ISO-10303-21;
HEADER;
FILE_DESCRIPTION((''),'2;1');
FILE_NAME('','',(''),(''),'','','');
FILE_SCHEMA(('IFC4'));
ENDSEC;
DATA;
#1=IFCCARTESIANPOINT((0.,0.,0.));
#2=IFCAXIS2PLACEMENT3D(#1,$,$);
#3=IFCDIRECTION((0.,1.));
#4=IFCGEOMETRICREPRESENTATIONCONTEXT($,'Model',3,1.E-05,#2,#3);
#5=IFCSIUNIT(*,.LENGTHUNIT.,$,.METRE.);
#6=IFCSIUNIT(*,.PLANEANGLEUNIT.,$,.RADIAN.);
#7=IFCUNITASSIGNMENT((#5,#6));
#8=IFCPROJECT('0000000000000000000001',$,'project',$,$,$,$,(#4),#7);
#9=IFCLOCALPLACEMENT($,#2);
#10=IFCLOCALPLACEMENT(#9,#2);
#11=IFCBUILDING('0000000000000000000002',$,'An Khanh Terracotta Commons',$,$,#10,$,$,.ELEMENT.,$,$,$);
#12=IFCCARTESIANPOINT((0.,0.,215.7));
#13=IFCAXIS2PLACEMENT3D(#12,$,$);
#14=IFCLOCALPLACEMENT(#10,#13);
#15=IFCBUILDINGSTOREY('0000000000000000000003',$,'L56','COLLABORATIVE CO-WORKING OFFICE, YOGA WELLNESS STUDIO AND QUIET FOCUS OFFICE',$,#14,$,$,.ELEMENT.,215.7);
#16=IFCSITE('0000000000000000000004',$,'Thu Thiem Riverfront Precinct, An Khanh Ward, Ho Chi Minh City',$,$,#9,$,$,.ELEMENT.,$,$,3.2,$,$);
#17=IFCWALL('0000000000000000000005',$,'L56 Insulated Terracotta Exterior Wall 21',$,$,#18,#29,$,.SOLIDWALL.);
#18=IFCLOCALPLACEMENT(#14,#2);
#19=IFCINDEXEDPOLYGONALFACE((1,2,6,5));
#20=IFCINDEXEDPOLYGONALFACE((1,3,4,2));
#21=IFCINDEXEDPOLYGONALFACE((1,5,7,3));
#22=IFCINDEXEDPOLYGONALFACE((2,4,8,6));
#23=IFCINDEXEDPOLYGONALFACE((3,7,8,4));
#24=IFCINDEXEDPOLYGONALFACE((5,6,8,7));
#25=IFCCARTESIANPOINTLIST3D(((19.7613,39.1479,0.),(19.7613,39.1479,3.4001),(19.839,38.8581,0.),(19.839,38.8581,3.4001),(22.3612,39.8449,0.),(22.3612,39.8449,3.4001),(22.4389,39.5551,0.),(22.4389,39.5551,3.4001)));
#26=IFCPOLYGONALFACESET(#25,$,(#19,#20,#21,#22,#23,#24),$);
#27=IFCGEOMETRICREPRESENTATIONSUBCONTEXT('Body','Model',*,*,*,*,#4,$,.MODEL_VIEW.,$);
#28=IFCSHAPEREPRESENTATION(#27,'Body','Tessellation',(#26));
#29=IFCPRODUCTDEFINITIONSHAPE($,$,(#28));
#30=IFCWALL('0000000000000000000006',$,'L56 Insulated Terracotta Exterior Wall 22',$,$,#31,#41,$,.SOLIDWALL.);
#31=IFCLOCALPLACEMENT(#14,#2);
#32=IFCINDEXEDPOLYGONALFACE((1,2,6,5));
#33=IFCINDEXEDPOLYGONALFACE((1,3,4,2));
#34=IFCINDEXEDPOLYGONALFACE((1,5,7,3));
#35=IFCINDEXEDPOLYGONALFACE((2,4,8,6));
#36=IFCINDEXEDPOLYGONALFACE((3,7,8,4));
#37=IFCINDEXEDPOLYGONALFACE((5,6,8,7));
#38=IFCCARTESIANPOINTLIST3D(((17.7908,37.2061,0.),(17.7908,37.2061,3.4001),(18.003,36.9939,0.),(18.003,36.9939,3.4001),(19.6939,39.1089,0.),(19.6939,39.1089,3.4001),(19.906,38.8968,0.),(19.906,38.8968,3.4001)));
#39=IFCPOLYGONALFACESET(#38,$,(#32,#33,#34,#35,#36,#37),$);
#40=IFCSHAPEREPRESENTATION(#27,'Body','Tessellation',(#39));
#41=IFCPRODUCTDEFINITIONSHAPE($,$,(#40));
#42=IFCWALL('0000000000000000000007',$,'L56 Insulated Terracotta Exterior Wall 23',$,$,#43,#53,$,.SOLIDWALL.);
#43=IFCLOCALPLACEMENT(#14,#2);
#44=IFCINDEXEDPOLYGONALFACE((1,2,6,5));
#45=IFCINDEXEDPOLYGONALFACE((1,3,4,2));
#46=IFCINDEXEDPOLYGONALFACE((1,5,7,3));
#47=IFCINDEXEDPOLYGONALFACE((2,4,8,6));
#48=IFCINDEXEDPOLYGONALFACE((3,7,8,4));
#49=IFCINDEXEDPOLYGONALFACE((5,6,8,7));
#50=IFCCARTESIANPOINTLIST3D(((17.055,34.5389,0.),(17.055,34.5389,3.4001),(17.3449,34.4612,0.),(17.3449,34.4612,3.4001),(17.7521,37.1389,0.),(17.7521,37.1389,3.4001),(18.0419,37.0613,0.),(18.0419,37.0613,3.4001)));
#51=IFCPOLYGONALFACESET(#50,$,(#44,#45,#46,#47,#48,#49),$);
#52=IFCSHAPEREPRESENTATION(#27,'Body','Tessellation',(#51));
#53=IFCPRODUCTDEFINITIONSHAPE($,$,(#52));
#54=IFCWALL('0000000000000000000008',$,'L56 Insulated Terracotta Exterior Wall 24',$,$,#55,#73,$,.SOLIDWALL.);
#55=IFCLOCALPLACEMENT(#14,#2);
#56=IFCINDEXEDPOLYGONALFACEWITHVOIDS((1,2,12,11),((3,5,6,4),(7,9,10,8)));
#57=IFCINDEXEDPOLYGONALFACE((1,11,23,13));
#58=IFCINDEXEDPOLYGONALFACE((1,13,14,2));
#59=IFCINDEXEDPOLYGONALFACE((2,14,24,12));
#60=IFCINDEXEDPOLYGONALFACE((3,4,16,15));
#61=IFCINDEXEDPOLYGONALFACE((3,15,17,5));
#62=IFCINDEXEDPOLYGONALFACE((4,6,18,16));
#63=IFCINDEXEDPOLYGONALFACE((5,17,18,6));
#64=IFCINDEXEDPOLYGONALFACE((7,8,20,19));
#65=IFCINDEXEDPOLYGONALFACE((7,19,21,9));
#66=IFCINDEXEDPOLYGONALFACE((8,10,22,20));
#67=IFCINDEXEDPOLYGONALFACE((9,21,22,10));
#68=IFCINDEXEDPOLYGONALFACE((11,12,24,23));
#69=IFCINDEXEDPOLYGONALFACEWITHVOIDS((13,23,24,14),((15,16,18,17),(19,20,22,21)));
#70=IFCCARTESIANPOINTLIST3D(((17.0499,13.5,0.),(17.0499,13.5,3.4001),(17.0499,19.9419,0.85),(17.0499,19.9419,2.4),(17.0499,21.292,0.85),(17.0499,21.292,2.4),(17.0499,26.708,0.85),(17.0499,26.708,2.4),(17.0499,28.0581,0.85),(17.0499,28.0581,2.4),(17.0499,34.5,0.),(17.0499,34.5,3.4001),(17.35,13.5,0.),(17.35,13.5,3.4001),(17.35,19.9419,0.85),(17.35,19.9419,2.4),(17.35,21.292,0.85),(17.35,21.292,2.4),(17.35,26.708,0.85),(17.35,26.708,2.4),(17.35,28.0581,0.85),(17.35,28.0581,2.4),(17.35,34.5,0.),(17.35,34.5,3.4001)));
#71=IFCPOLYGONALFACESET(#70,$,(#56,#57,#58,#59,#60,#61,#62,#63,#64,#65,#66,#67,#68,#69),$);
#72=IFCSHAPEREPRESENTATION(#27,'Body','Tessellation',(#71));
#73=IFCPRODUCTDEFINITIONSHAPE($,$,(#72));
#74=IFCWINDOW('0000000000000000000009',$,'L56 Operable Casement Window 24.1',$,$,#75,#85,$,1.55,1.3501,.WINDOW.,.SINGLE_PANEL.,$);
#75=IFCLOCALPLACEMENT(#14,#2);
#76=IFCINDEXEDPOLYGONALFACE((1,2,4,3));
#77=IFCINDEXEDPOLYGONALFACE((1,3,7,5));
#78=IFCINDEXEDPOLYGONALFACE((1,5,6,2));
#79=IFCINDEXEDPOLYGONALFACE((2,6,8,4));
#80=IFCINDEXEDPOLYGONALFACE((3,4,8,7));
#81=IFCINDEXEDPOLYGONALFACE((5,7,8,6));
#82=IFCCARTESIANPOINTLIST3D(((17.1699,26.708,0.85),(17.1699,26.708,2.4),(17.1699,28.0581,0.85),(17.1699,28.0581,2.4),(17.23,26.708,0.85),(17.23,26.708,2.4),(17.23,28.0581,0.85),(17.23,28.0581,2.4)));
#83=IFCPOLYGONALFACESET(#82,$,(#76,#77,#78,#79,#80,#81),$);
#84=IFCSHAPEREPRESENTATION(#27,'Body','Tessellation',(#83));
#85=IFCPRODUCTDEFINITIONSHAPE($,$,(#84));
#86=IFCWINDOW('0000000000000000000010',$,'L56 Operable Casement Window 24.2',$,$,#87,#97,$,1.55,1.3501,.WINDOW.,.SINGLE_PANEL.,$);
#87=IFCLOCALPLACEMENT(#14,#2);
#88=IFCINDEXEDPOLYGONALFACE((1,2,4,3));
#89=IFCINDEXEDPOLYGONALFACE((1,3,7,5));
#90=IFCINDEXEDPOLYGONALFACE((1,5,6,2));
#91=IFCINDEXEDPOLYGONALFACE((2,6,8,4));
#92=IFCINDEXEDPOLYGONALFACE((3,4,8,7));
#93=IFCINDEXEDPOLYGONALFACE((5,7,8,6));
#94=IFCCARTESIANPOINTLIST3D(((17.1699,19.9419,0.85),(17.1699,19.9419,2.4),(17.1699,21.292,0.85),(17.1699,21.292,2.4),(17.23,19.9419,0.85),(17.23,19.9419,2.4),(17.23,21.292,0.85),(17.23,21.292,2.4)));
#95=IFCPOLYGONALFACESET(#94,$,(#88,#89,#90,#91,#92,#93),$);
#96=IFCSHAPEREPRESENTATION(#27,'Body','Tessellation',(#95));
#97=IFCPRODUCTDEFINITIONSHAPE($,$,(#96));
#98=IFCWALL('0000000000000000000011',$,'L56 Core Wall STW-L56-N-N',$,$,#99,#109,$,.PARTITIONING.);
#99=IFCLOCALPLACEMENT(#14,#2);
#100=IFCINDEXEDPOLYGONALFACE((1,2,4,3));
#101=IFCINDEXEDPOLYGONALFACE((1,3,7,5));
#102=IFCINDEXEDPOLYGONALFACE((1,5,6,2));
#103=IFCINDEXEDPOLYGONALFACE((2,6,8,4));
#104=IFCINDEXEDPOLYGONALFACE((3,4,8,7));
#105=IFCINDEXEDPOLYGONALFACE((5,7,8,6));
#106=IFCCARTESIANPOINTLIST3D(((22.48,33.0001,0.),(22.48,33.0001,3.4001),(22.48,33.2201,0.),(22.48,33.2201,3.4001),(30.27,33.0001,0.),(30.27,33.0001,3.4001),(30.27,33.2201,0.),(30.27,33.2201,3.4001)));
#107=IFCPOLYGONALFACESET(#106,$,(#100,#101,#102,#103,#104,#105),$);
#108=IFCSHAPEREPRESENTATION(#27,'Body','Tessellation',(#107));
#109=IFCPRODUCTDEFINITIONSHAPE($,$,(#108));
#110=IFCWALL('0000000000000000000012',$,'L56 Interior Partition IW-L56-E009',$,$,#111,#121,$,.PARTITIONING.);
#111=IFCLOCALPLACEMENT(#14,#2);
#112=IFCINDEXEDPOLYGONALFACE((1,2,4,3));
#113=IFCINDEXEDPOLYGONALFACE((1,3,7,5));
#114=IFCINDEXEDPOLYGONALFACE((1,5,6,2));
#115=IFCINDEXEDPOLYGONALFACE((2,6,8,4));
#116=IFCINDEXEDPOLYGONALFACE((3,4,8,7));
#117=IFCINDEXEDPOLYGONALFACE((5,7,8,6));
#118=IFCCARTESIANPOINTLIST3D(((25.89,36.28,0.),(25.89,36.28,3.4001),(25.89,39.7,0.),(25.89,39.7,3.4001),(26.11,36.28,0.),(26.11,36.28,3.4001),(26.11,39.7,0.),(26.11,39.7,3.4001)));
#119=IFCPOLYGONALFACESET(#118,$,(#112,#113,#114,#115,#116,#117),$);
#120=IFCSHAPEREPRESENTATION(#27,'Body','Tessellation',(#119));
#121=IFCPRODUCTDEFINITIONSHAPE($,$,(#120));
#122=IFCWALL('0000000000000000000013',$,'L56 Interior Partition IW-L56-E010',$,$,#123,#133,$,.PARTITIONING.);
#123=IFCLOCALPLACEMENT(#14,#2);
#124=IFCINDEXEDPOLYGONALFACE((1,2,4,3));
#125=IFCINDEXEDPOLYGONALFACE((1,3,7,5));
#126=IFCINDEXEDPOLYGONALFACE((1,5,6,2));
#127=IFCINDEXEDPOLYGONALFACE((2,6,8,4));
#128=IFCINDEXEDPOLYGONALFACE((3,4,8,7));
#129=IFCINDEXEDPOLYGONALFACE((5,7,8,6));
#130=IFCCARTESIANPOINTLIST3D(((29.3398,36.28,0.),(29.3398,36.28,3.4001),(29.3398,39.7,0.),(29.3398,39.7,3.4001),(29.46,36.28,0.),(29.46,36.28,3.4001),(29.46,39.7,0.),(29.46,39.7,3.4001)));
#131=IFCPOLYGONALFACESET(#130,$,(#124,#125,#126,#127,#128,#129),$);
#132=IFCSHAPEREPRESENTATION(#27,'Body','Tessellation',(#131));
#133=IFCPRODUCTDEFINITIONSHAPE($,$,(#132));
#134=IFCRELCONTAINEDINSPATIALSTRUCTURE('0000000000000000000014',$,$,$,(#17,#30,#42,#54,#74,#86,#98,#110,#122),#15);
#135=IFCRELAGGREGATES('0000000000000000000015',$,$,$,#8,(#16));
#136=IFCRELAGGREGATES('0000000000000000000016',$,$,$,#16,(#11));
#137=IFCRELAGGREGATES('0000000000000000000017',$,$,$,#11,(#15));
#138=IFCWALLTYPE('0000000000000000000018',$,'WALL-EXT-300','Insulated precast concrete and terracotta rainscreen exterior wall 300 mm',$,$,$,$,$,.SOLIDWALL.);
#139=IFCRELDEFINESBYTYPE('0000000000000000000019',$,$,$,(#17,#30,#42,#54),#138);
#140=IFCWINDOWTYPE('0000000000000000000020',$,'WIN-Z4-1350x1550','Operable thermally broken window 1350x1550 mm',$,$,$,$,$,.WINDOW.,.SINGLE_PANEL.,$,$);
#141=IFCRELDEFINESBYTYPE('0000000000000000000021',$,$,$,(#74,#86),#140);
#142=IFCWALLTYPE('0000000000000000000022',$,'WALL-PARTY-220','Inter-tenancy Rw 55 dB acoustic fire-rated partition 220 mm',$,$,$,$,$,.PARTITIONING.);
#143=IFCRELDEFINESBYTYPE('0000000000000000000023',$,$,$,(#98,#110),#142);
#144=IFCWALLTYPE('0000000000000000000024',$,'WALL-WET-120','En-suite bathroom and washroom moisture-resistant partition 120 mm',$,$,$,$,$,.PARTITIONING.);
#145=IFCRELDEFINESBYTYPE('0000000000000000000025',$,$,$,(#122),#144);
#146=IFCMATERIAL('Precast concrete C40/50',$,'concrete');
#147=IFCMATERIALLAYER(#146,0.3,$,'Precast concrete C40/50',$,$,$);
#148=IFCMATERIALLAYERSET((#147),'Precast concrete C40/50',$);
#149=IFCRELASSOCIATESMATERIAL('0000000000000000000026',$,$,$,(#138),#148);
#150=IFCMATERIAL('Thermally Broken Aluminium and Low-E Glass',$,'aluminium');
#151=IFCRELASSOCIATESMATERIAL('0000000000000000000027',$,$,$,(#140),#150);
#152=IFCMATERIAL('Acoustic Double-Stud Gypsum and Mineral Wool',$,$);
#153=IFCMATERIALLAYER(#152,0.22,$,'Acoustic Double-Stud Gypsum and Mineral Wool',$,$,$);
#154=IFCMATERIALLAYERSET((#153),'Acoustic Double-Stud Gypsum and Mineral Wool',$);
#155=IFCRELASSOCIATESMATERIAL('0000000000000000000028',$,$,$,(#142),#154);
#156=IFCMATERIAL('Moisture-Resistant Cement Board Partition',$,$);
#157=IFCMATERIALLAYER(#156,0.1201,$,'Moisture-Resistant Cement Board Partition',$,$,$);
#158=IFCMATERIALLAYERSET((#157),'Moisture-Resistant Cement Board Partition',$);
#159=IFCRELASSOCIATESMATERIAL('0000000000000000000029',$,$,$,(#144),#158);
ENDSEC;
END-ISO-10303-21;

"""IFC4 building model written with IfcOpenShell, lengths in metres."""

from ifc_helpers import new_model, si_unit, direction, frame, frame_2d, origin, place, context, subcontext, project, spatial, rectangle, extrude, material, layer, layer_set, type_object, element, fill, save


model = new_model("IFC4")

# Units and contexts
model_context = context("Model", 3, precision=1e-05, world=origin(), true_north=direction((0.0, 1.0)))
body_context = subcontext(model_context, "Body", "Model", "MODEL_VIEW")
ifc_project = project(units=[si_unit("LENGTHUNIT", "METRE"), si_unit("PLANEANGLEUNIT", "RADIAN")], contexts=[model_context])

# Site, building, storey
site_placement = place(None, origin())
site = spatial("IfcSite", under=ifc_project, at=site_placement, Name="Thu Thiem Riverfront Precinct, An Khanh Ward, Ho Chi Minh City", CompositionType="ELEMENT", RefElevation=3.2)
building_placement = place(site_placement, origin())
building = spatial("IfcBuilding", under=site, at=building_placement, Name="An Khanh Terracotta Commons", CompositionType="ELEMENT")
storey_placement = place(building_placement, frame((0.0, 0.0, 215.7)))
storey = spatial("IfcBuildingStorey", under=building, at=storey_placement, Name="L56", Description="COLLABORATIVE CO-WORKING OFFICE, YOGA WELLNESS STUDIO AND QUIET FOCUS OFFICE", CompositionType="ELEMENT", Elevation=215.7)

# Walls
ifc_material_1 = material(Name="Precast concrete C40/50", Category="concrete")
ifc_layer_1 = layer(ifc_material_1, 0.3, Name="Precast concrete C40/50")
ifc_layer_set_1 = layer_set([ifc_layer_1], Name="Precast concrete C40/50")
wall_type_1 = type_object("IfcWallType", Name="WALL-EXT-300", Description="Insulated precast concrete and terracotta rainscreen exterior wall 300 mm", PredefinedType="SOLIDWALL", material=ifc_layer_set_1)
wall_1_placement = place(storey_placement, frame((22.3999, 39.7, 0.0), z_axis=(0.0, 0.0, 1.0), x_axis=(-0.965889, -0.258955, 0.0)))
element("IfcWall", 1, at=wall_1_placement, inside=storey, type_object=wall_type_1, Name="L56 Insulated Terracotta Exterior Wall 21", PredefinedType="SOLIDWALL", context=body_context, shape_type="SweptSolid", body=[
    extrude(rectangle(XDim=2.6917, YDim=0.3, at=frame_2d((1.3457, 0.0))), origin(), (0.0, 0.0, 1.0), 3.4001),
])
wall_2_placement = place(storey_placement, frame((19.8, 39.0029, 0.0), z_axis=(0.0, 0.0, 1.0), x_axis=(-0.707152, -0.707061, 0.0)))
element("IfcWall", 2, at=wall_2_placement, inside=storey, type_object=wall_type_1, Name="L56 Insulated Terracotta Exterior Wall 22", PredefinedType="SOLIDWALL", context=body_context, shape_type="SweptSolid", body=[
    extrude(rectangle(XDim=2.6912, YDim=0.3, at=frame_2d((1.3457, 0.0))), origin(), (0.0, 0.0, 1.0), 3.4001),
])
wall_3_placement = place(storey_placement, frame((17.897, 37.1001, 0.0), z_axis=(0.0, 0.0, 1.0), x_axis=(-0.258933, -0.965895, 0.0)))
element("IfcWall", 3, at=wall_3_placement, inside=storey, type_object=wall_type_1, Name="L56 Insulated Terracotta Exterior Wall 23", PredefinedType="SOLIDWALL", context=body_context, shape_type="SweptSolid", body=[
    extrude(rectangle(XDim=2.6919, YDim=0.3, at=frame_2d((1.3459, 0.0))), origin(), (0.0, 0.0, 1.0), 3.4001),
])

# Wall, openings, windows
wall_4_placement = place(storey_placement, frame((17.2, 34.5, 0.0), z_axis=(0.0, 0.0, 1.0), x_axis=(0.0, -1.0, 0.0)))
wall_4 = element("IfcWall", 4, at=wall_4_placement, inside=storey, type_object=wall_type_1, Name="L56 Insulated Terracotta Exterior Wall 24", PredefinedType="SOLIDWALL", context=body_context, shape_type="SweptSolid", body=[
    extrude(rectangle(XDim=21.0, YDim=0.3, at=frame_2d((10.5, 0.0))), origin(), (0.0, 0.0, 1.0), 3.4001),
])
opening_1_placement = place(wall_4_placement, frame((6.4419, 0.0, 0.8501)))
opening_1 = element("IfcOpeningElement", 5, at=opening_1_placement, cuts=wall_4, PredefinedType="OPENING", context=body_context, shape_type="SweptSolid", body=[
    extrude(rectangle(XDim=1.3501, YDim=1.55, at=frame_2d((0.675, 0.7749))), frame((0.0, 0.1599, 0.0), z_axis=(0.0, -1.0, 0.0), x_axis=(1.0, 0.0, 0.0)), (0.0, 0.0, 1.0), 0.3201),
])
opening_2_placement = place(wall_4_placement, frame((13.208, 0.0, 0.8501)))
opening_2 = element("IfcOpeningElement", 6, at=opening_2_placement, cuts=wall_4, PredefinedType="OPENING", context=body_context, shape_type="SweptSolid", body=[
    extrude(rectangle(XDim=1.3501, YDim=1.55, at=frame_2d((0.675, 0.7749))), frame((0.0, 0.1599, 0.0), z_axis=(0.0, -1.0, 0.0), x_axis=(1.0, 0.0, 0.0)), (0.0, 0.0, 1.0), 0.3201),
])
ifc_material_2 = material(Name="Thermally Broken Aluminium and Low-E Glass", Category="aluminium")
window_type = type_object("IfcWindowType", Name="WIN-Z4-1350x1550", Description="Operable thermally broken window 1350x1550 mm", PartitioningType="SINGLE_PANEL", PredefinedType="WINDOW", material=ifc_material_2)
window_1_placement = place(opening_1_placement, origin())
window_1 = element("IfcWindow", 7, at=window_1_placement, inside=storey, type_object=window_type, Name="L56 Operable Casement Window 24.1", OverallHeight=1.55, OverallWidth=1.3501, PartitioningType="SINGLE_PANEL", PredefinedType="WINDOW", context=body_context, shape_type="SweptSolid", body=[
    extrude(rectangle(XDim=1.3501, YDim=1.55, at=frame_2d((0.675, 0.7749))), frame((0.0, 0.03, 0.0), z_axis=(0.0, -1.0, 0.0), x_axis=(1.0, 0.0, 0.0)), (0.0, 0.0, 1.0), 0.0601),
])
fill(opening_1, window_1)
window_2_placement = place(opening_2_placement, origin())
window_2 = element("IfcWindow", 8, at=window_2_placement, inside=storey, type_object=window_type, Name="L56 Operable Casement Window 24.2", OverallHeight=1.55, OverallWidth=1.3501, PartitioningType="SINGLE_PANEL", PredefinedType="WINDOW", context=body_context, shape_type="SweptSolid", body=[
    extrude(rectangle(XDim=1.3501, YDim=1.55, at=frame_2d((0.675, 0.7749))), frame((0.0, 0.03, 0.0), z_axis=(0.0, -1.0, 0.0), x_axis=(1.0, 0.0, 0.0)), (0.0, 0.0, 1.0), 0.0601),
])
fill(opening_2, window_2)

# Walls
ifc_material_3 = material(Name="Acoustic Double-Stud Gypsum and Mineral Wool")
ifc_layer_2 = layer(ifc_material_3, 0.22, Name="Acoustic Double-Stud Gypsum and Mineral Wool")
ifc_layer_set_2 = layer_set([ifc_layer_2], Name="Acoustic Double-Stud Gypsum and Mineral Wool")
wall_type_2 = type_object("IfcWallType", Name="WALL-PARTY-220", Description="Inter-tenancy Rw 55 dB acoustic fire-rated partition 220 mm", PredefinedType="PARTITIONING", material=ifc_layer_set_2)
wall_5_placement = place(storey_placement, frame((22.48, 33.1101, 0.0), z_axis=(0.0, 0.0, 1.0), x_axis=(1.0, 0.0, 0.0)))
element("IfcWall", 9, at=wall_5_placement, inside=storey, type_object=wall_type_2, Name="L56 Core Wall STW-L56-N-N", PredefinedType="PARTITIONING", context=body_context, shape_type="SweptSolid", body=[
    extrude(rectangle(XDim=7.79, YDim=0.22, at=frame_2d((3.895, 0.0))), origin(), (0.0, 0.0, 1.0), 3.4001),
])
wall_6_placement = place(storey_placement, frame((26.0, 36.28, 0.0), z_axis=(0.0, 0.0, 1.0), x_axis=(0.0, 1.0, 0.0)))
element("IfcWall", 10, at=wall_6_placement, inside=storey, type_object=wall_type_2, Name="L56 Interior Partition IW-L56-E009", PredefinedType="PARTITIONING", context=body_context, shape_type="SweptSolid", body=[
    extrude(rectangle(XDim=3.4199, YDim=0.22, at=frame_2d((1.71, 0.0))), origin(), (0.0, 0.0, 1.0), 3.4001),
])
ifc_material_4 = material(Name="Moisture-Resistant Cement Board Partition")
ifc_layer_3 = layer(ifc_material_4, 0.1201, Name="Moisture-Resistant Cement Board Partition")
ifc_layer_set_3 = layer_set([ifc_layer_3], Name="Moisture-Resistant Cement Board Partition")
wall_type_3 = type_object("IfcWallType", Name="WALL-WET-120", Description="En-suite bathroom and washroom moisture-resistant partition 120 mm", PredefinedType="PARTITIONING", material=ifc_layer_set_3)
wall_7_placement = place(storey_placement, frame((29.3999, 36.28, 0.0), z_axis=(0.0, 0.0, 1.0), x_axis=(0.0, 1.0, 0.0)))
element("IfcWall", 11, at=wall_7_placement, inside=storey, type_object=wall_type_3, Name="L56 Interior Partition IW-L56-E010", PredefinedType="PARTITIONING", context=body_context, shape_type="SweptSolid", body=[
    extrude(rectangle(XDim=3.4199, YDim=0.1201, at=frame_2d((1.71, 0.0))), origin(), (0.0, 0.0, 1.0), 3.4001),
])

save(model, "model.ifc")
